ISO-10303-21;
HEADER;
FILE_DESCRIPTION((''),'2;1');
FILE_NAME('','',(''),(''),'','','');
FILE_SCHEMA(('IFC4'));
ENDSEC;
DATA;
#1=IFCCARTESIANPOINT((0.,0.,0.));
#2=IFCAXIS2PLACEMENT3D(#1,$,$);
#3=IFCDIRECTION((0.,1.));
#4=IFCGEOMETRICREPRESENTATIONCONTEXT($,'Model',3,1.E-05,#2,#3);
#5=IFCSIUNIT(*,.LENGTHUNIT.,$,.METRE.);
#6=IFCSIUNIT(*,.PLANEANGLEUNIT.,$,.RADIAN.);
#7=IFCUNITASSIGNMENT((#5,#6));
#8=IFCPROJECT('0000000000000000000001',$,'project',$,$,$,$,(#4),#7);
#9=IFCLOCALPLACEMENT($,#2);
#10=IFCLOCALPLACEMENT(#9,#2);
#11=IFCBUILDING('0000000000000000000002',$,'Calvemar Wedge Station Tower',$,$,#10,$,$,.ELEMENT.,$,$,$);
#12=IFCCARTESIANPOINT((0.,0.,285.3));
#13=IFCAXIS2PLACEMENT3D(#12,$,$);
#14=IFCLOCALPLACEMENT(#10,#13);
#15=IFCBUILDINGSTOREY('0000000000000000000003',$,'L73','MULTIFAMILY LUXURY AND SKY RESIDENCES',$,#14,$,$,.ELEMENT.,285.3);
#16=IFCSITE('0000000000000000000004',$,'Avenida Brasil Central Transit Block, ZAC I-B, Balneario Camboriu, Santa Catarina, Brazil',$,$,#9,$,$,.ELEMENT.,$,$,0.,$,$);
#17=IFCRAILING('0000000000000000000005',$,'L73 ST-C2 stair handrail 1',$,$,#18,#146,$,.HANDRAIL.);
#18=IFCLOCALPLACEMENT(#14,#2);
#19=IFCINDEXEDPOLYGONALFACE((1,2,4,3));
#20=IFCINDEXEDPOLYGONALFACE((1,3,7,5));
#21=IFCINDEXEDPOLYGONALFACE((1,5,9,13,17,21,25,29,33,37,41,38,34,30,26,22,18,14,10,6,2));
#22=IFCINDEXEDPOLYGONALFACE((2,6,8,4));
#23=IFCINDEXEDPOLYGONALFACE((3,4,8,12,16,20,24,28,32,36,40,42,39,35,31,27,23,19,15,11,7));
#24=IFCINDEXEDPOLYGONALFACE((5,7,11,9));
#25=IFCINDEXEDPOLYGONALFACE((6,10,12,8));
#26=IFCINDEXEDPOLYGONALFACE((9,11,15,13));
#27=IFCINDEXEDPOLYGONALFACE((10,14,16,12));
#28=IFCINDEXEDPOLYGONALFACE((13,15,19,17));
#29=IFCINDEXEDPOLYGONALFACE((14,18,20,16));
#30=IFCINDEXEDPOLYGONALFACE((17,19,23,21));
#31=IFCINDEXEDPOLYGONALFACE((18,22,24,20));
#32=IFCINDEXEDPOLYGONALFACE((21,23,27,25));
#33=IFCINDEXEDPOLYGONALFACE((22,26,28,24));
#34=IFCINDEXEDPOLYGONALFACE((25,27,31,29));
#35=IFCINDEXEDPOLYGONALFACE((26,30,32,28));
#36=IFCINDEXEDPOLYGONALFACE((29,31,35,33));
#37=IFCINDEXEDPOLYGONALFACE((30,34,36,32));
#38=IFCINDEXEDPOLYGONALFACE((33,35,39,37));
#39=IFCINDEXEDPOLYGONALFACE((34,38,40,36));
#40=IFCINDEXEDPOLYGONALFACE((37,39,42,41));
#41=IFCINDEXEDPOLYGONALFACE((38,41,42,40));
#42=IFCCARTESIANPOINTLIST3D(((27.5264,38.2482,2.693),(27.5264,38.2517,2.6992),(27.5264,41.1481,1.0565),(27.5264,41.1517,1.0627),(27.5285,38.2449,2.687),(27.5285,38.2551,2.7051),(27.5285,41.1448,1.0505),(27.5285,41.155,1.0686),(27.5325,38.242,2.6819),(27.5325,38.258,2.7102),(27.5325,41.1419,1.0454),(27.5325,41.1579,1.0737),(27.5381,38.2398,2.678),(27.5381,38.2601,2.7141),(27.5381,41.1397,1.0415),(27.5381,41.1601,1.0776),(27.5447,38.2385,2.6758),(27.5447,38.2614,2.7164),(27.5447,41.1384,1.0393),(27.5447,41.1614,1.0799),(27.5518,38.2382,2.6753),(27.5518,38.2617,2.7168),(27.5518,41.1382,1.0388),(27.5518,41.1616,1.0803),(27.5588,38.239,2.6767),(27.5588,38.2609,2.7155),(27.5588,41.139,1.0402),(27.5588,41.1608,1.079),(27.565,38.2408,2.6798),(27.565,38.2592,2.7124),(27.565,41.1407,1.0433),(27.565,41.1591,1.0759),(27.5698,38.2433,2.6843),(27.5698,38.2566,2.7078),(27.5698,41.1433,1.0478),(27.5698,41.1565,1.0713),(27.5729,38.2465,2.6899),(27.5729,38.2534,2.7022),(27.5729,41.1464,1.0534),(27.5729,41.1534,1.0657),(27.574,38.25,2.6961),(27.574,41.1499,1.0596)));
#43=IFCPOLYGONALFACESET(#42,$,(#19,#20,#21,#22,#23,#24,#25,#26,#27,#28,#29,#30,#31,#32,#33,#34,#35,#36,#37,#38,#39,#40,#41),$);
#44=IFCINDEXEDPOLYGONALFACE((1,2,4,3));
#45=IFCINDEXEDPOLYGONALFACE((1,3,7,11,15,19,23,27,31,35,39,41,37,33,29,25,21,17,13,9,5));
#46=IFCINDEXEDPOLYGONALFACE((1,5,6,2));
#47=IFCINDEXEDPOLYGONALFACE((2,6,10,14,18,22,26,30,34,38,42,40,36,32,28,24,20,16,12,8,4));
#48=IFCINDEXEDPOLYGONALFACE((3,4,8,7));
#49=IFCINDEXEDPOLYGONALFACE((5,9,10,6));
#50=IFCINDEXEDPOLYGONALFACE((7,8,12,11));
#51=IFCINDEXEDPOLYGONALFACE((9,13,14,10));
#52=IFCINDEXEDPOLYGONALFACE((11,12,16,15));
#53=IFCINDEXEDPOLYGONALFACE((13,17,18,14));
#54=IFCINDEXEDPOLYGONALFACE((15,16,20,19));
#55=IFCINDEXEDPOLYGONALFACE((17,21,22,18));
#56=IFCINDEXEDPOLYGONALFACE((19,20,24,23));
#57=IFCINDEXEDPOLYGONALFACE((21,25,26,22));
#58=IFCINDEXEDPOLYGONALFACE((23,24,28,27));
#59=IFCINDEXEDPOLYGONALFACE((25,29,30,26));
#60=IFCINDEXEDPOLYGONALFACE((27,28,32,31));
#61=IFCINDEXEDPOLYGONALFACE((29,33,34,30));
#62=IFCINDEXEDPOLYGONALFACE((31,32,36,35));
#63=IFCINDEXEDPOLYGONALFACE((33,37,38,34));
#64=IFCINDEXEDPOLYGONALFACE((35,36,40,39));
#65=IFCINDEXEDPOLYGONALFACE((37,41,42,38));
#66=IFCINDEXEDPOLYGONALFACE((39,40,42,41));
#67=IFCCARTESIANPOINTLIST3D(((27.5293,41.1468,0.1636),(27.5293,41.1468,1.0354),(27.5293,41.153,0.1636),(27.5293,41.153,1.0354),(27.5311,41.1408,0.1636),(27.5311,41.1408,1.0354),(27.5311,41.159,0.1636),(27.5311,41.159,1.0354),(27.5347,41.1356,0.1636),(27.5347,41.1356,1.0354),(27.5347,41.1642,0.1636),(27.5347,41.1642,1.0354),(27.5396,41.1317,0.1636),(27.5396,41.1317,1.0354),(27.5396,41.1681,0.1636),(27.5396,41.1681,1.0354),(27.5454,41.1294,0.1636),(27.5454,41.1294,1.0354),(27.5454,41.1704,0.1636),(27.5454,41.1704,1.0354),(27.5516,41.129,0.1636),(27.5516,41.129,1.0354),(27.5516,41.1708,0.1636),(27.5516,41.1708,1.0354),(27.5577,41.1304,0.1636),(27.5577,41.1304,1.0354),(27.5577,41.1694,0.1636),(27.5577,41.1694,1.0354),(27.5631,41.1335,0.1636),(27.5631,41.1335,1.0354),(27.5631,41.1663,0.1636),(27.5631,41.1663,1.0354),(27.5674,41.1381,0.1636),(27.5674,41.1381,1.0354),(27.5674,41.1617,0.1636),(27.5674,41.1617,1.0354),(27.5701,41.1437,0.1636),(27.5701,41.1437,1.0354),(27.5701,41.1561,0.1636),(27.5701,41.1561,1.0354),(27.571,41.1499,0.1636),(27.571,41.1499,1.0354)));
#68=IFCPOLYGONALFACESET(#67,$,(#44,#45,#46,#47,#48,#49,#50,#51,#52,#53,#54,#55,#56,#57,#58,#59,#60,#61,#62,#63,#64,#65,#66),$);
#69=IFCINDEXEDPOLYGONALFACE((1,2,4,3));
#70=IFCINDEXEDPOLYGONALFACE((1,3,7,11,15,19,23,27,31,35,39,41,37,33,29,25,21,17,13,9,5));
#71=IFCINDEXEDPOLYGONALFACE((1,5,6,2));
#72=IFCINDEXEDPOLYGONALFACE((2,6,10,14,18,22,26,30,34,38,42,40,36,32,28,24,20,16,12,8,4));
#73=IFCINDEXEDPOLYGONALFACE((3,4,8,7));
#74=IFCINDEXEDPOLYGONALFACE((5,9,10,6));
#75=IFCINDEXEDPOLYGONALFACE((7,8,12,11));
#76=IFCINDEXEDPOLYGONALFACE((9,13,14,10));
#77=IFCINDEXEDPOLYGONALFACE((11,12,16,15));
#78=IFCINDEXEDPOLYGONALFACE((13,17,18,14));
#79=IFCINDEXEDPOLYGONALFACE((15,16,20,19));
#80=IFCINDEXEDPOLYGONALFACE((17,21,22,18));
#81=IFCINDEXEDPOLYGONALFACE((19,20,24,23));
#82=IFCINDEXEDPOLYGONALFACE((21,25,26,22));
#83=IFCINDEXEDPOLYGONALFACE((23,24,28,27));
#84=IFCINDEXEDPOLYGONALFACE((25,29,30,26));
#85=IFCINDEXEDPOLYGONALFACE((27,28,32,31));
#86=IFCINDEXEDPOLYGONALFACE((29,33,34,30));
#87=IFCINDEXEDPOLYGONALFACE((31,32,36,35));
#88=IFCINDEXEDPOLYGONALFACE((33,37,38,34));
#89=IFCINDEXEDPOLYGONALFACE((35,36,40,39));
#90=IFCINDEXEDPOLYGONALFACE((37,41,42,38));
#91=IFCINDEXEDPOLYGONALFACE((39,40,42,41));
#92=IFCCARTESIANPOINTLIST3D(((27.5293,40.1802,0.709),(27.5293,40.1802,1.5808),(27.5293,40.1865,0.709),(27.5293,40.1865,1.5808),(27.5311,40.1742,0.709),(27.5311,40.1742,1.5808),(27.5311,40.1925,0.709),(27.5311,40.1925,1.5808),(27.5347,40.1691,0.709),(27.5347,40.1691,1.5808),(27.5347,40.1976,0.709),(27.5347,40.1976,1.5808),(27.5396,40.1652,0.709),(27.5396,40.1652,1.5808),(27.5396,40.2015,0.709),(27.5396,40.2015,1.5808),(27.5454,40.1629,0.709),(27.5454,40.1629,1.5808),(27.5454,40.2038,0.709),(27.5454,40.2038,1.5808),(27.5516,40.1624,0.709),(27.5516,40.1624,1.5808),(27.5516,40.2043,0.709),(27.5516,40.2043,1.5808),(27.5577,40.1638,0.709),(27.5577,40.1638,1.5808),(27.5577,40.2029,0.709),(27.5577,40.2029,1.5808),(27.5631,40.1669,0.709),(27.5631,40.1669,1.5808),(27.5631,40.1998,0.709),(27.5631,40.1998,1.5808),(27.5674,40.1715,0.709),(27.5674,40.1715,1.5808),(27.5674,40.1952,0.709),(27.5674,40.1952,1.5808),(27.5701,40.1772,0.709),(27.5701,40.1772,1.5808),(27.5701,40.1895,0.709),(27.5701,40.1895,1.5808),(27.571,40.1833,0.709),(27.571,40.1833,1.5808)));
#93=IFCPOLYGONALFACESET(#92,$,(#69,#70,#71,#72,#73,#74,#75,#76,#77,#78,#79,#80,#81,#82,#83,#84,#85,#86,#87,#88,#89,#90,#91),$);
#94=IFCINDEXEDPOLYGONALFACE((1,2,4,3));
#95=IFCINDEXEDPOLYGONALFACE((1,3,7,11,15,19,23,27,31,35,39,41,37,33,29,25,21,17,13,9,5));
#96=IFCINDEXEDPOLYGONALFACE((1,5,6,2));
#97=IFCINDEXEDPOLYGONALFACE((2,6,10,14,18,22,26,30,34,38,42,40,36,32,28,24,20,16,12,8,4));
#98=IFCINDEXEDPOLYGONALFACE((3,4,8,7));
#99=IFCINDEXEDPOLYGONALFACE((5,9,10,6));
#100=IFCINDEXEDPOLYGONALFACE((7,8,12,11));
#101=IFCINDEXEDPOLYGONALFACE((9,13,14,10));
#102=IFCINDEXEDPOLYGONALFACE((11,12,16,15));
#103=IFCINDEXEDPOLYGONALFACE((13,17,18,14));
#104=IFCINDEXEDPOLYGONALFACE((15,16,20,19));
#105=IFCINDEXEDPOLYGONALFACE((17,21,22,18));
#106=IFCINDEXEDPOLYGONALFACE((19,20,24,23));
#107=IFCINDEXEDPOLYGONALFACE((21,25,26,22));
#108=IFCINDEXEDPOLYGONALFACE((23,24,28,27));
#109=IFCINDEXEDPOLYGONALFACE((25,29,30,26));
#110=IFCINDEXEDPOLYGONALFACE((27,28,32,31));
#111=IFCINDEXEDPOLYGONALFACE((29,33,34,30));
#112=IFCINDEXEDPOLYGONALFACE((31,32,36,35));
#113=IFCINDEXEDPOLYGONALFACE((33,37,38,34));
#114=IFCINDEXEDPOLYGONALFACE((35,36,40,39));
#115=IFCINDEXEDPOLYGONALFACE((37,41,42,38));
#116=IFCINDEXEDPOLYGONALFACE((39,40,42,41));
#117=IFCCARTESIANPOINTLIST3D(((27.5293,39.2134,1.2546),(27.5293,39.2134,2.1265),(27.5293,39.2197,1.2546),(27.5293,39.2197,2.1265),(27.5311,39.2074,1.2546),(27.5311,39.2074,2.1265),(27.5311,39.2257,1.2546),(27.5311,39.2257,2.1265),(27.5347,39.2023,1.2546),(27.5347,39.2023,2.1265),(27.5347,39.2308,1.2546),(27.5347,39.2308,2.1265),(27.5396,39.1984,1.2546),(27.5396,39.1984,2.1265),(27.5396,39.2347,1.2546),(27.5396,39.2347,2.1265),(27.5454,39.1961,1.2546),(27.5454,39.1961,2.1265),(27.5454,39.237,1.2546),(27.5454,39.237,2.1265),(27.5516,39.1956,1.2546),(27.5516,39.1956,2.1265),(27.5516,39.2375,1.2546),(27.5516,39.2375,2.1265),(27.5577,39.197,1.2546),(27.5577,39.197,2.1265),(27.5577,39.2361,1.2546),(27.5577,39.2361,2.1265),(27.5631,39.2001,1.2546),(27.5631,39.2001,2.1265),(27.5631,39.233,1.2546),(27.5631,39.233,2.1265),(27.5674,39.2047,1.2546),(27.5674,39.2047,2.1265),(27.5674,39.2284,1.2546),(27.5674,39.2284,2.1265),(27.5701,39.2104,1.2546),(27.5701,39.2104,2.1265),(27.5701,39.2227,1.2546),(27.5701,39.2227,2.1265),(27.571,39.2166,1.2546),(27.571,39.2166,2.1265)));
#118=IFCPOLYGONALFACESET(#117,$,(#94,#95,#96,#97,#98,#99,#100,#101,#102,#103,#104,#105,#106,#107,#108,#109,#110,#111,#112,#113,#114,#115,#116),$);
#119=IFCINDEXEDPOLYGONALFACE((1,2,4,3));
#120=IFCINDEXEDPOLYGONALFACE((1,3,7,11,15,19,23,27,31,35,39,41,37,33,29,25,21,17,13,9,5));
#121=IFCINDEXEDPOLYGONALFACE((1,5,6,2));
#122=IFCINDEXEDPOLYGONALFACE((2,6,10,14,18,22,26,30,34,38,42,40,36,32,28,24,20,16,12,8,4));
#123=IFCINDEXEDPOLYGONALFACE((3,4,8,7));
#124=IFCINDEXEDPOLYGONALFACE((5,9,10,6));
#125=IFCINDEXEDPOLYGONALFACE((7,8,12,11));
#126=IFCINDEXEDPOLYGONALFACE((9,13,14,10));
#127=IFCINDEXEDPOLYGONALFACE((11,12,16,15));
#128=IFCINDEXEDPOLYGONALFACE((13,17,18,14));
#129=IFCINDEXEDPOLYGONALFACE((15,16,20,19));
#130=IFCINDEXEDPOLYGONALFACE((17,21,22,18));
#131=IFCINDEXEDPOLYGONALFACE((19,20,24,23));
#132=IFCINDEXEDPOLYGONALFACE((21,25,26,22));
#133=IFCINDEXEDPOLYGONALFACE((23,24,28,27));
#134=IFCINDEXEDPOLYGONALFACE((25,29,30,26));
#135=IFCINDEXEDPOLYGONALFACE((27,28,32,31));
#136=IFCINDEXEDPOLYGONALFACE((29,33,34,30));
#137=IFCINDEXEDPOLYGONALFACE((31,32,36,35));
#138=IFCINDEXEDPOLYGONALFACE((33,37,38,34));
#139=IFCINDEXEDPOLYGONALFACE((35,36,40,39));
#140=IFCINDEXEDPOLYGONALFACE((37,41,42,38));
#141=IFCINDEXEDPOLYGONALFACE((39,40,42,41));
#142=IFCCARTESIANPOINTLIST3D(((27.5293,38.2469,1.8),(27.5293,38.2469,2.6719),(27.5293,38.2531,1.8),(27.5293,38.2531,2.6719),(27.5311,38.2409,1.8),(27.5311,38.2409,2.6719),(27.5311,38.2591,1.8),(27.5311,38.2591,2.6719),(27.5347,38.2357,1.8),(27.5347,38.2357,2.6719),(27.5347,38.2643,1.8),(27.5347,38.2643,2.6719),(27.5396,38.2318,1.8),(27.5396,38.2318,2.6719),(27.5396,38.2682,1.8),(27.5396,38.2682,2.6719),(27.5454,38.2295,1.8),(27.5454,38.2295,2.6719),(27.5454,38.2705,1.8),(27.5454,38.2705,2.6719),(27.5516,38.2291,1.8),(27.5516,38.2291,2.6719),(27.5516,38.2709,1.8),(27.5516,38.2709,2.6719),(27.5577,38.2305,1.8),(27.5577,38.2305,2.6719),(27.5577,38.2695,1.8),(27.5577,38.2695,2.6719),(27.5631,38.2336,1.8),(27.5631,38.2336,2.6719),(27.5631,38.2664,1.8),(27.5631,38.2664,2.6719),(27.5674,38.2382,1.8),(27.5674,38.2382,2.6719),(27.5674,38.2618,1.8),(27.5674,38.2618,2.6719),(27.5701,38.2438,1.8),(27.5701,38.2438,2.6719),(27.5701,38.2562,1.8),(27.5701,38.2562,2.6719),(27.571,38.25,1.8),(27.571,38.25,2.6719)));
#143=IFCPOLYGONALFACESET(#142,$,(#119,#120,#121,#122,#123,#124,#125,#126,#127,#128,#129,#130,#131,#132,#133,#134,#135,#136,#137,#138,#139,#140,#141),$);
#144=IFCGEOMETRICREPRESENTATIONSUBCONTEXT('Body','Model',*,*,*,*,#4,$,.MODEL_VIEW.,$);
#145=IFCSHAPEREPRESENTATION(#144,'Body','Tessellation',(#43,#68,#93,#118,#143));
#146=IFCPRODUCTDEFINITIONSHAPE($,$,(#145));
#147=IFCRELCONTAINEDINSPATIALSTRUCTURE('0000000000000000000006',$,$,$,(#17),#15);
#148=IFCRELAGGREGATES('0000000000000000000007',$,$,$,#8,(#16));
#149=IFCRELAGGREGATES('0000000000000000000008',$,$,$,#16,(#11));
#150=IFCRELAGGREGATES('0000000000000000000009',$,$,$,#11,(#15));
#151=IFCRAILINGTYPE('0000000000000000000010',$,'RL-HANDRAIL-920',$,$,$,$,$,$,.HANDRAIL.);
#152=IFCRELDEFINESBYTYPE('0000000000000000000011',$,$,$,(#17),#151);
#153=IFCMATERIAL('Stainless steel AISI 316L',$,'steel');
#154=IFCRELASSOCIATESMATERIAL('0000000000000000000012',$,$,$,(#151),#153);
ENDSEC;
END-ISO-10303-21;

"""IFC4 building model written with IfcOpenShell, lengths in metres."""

from ifc_helpers import new_model, si_unit, direction, frame, origin, origin_2d, place, context, subcontext, project, spatial, circle, extrude, material, type_object, element, save


model = new_model("IFC4")

# Units and contexts
model_context = context("Model", 3, precision=1e-05, world=origin(), true_north=direction((0.0, 1.0)))
body_context = subcontext(model_context, "Body", "Model", "MODEL_VIEW")
ifc_project = project(units=[si_unit("LENGTHUNIT", "METRE"), si_unit("PLANEANGLEUNIT", "RADIAN")], contexts=[model_context])

# Site, building, storey
site_placement = place(None, origin())
site = spatial("IfcSite", under=ifc_project, at=site_placement, Name="Avenida Brasil Central Transit Block, ZAC I-B, Balneario Camboriu, Santa Catarina, Brazil", CompositionType="ELEMENT", RefElevation=0.0)
building_placement = place(site_placement, origin())
building = spatial("IfcBuilding", under=site, at=building_placement, Name="Calvemar Wedge Station Tower", CompositionType="ELEMENT")
storey_placement = place(building_placement, frame((0.0, 0.0, 285.3)))
storey = spatial("IfcBuildingStorey", under=building, at=storey_placement, Name="L73", Description="MULTIFAMILY LUXURY AND SKY RESIDENCES", CompositionType="ELEMENT", Elevation=285.3)

# Railing
ifc_material_1 = material(Name="Stainless steel AISI 316L", Category="steel")
railing_type_1 = type_object("IfcRailingType", Name="RL-HANDRAIL-920", PredefinedType="HANDRAIL", material=ifc_material_1)
railing_1_placement = place(storey_placement, frame((27.55, 41.1499, 0.1636)))
element("IfcRailing", 1, at=railing_1_placement, inside=storey, type_object=railing_type_1, Name="L73 ST-C2 stair handrail 1", PredefinedType="HANDRAIL", context=body_context, shape_type="SweptSolid", body=[
    extrude(circle(Radius=0.0239, at=origin_2d()), frame((0.0, 0.0, 0.896), z_axis=(0.0, -0.870897, 0.491465), x_axis=(1.0, 0.0, 0.0)), (0.0, 0.0, 1.0), 3.3298),
    extrude(circle(Radius=0.021, at=origin_2d()), origin(), (0.0, 0.0, 1.0), 0.8718),
    extrude(circle(Radius=0.021, at=origin_2d()), frame((0.0, -0.9666, 0.5454)), (0.0, 0.0, 1.0), 0.8718),
    extrude(circle(Radius=0.021, at=origin_2d()), frame((0.0, -1.9333, 1.0911)), (0.0, 0.0, 1.0), 0.8718),
    extrude(circle(Radius=0.021, at=origin_2d()), frame((0.0, -2.8999, 1.6365)), (0.0, 0.0, 1.0), 0.8718),
])

save(model, "model.ifc")
